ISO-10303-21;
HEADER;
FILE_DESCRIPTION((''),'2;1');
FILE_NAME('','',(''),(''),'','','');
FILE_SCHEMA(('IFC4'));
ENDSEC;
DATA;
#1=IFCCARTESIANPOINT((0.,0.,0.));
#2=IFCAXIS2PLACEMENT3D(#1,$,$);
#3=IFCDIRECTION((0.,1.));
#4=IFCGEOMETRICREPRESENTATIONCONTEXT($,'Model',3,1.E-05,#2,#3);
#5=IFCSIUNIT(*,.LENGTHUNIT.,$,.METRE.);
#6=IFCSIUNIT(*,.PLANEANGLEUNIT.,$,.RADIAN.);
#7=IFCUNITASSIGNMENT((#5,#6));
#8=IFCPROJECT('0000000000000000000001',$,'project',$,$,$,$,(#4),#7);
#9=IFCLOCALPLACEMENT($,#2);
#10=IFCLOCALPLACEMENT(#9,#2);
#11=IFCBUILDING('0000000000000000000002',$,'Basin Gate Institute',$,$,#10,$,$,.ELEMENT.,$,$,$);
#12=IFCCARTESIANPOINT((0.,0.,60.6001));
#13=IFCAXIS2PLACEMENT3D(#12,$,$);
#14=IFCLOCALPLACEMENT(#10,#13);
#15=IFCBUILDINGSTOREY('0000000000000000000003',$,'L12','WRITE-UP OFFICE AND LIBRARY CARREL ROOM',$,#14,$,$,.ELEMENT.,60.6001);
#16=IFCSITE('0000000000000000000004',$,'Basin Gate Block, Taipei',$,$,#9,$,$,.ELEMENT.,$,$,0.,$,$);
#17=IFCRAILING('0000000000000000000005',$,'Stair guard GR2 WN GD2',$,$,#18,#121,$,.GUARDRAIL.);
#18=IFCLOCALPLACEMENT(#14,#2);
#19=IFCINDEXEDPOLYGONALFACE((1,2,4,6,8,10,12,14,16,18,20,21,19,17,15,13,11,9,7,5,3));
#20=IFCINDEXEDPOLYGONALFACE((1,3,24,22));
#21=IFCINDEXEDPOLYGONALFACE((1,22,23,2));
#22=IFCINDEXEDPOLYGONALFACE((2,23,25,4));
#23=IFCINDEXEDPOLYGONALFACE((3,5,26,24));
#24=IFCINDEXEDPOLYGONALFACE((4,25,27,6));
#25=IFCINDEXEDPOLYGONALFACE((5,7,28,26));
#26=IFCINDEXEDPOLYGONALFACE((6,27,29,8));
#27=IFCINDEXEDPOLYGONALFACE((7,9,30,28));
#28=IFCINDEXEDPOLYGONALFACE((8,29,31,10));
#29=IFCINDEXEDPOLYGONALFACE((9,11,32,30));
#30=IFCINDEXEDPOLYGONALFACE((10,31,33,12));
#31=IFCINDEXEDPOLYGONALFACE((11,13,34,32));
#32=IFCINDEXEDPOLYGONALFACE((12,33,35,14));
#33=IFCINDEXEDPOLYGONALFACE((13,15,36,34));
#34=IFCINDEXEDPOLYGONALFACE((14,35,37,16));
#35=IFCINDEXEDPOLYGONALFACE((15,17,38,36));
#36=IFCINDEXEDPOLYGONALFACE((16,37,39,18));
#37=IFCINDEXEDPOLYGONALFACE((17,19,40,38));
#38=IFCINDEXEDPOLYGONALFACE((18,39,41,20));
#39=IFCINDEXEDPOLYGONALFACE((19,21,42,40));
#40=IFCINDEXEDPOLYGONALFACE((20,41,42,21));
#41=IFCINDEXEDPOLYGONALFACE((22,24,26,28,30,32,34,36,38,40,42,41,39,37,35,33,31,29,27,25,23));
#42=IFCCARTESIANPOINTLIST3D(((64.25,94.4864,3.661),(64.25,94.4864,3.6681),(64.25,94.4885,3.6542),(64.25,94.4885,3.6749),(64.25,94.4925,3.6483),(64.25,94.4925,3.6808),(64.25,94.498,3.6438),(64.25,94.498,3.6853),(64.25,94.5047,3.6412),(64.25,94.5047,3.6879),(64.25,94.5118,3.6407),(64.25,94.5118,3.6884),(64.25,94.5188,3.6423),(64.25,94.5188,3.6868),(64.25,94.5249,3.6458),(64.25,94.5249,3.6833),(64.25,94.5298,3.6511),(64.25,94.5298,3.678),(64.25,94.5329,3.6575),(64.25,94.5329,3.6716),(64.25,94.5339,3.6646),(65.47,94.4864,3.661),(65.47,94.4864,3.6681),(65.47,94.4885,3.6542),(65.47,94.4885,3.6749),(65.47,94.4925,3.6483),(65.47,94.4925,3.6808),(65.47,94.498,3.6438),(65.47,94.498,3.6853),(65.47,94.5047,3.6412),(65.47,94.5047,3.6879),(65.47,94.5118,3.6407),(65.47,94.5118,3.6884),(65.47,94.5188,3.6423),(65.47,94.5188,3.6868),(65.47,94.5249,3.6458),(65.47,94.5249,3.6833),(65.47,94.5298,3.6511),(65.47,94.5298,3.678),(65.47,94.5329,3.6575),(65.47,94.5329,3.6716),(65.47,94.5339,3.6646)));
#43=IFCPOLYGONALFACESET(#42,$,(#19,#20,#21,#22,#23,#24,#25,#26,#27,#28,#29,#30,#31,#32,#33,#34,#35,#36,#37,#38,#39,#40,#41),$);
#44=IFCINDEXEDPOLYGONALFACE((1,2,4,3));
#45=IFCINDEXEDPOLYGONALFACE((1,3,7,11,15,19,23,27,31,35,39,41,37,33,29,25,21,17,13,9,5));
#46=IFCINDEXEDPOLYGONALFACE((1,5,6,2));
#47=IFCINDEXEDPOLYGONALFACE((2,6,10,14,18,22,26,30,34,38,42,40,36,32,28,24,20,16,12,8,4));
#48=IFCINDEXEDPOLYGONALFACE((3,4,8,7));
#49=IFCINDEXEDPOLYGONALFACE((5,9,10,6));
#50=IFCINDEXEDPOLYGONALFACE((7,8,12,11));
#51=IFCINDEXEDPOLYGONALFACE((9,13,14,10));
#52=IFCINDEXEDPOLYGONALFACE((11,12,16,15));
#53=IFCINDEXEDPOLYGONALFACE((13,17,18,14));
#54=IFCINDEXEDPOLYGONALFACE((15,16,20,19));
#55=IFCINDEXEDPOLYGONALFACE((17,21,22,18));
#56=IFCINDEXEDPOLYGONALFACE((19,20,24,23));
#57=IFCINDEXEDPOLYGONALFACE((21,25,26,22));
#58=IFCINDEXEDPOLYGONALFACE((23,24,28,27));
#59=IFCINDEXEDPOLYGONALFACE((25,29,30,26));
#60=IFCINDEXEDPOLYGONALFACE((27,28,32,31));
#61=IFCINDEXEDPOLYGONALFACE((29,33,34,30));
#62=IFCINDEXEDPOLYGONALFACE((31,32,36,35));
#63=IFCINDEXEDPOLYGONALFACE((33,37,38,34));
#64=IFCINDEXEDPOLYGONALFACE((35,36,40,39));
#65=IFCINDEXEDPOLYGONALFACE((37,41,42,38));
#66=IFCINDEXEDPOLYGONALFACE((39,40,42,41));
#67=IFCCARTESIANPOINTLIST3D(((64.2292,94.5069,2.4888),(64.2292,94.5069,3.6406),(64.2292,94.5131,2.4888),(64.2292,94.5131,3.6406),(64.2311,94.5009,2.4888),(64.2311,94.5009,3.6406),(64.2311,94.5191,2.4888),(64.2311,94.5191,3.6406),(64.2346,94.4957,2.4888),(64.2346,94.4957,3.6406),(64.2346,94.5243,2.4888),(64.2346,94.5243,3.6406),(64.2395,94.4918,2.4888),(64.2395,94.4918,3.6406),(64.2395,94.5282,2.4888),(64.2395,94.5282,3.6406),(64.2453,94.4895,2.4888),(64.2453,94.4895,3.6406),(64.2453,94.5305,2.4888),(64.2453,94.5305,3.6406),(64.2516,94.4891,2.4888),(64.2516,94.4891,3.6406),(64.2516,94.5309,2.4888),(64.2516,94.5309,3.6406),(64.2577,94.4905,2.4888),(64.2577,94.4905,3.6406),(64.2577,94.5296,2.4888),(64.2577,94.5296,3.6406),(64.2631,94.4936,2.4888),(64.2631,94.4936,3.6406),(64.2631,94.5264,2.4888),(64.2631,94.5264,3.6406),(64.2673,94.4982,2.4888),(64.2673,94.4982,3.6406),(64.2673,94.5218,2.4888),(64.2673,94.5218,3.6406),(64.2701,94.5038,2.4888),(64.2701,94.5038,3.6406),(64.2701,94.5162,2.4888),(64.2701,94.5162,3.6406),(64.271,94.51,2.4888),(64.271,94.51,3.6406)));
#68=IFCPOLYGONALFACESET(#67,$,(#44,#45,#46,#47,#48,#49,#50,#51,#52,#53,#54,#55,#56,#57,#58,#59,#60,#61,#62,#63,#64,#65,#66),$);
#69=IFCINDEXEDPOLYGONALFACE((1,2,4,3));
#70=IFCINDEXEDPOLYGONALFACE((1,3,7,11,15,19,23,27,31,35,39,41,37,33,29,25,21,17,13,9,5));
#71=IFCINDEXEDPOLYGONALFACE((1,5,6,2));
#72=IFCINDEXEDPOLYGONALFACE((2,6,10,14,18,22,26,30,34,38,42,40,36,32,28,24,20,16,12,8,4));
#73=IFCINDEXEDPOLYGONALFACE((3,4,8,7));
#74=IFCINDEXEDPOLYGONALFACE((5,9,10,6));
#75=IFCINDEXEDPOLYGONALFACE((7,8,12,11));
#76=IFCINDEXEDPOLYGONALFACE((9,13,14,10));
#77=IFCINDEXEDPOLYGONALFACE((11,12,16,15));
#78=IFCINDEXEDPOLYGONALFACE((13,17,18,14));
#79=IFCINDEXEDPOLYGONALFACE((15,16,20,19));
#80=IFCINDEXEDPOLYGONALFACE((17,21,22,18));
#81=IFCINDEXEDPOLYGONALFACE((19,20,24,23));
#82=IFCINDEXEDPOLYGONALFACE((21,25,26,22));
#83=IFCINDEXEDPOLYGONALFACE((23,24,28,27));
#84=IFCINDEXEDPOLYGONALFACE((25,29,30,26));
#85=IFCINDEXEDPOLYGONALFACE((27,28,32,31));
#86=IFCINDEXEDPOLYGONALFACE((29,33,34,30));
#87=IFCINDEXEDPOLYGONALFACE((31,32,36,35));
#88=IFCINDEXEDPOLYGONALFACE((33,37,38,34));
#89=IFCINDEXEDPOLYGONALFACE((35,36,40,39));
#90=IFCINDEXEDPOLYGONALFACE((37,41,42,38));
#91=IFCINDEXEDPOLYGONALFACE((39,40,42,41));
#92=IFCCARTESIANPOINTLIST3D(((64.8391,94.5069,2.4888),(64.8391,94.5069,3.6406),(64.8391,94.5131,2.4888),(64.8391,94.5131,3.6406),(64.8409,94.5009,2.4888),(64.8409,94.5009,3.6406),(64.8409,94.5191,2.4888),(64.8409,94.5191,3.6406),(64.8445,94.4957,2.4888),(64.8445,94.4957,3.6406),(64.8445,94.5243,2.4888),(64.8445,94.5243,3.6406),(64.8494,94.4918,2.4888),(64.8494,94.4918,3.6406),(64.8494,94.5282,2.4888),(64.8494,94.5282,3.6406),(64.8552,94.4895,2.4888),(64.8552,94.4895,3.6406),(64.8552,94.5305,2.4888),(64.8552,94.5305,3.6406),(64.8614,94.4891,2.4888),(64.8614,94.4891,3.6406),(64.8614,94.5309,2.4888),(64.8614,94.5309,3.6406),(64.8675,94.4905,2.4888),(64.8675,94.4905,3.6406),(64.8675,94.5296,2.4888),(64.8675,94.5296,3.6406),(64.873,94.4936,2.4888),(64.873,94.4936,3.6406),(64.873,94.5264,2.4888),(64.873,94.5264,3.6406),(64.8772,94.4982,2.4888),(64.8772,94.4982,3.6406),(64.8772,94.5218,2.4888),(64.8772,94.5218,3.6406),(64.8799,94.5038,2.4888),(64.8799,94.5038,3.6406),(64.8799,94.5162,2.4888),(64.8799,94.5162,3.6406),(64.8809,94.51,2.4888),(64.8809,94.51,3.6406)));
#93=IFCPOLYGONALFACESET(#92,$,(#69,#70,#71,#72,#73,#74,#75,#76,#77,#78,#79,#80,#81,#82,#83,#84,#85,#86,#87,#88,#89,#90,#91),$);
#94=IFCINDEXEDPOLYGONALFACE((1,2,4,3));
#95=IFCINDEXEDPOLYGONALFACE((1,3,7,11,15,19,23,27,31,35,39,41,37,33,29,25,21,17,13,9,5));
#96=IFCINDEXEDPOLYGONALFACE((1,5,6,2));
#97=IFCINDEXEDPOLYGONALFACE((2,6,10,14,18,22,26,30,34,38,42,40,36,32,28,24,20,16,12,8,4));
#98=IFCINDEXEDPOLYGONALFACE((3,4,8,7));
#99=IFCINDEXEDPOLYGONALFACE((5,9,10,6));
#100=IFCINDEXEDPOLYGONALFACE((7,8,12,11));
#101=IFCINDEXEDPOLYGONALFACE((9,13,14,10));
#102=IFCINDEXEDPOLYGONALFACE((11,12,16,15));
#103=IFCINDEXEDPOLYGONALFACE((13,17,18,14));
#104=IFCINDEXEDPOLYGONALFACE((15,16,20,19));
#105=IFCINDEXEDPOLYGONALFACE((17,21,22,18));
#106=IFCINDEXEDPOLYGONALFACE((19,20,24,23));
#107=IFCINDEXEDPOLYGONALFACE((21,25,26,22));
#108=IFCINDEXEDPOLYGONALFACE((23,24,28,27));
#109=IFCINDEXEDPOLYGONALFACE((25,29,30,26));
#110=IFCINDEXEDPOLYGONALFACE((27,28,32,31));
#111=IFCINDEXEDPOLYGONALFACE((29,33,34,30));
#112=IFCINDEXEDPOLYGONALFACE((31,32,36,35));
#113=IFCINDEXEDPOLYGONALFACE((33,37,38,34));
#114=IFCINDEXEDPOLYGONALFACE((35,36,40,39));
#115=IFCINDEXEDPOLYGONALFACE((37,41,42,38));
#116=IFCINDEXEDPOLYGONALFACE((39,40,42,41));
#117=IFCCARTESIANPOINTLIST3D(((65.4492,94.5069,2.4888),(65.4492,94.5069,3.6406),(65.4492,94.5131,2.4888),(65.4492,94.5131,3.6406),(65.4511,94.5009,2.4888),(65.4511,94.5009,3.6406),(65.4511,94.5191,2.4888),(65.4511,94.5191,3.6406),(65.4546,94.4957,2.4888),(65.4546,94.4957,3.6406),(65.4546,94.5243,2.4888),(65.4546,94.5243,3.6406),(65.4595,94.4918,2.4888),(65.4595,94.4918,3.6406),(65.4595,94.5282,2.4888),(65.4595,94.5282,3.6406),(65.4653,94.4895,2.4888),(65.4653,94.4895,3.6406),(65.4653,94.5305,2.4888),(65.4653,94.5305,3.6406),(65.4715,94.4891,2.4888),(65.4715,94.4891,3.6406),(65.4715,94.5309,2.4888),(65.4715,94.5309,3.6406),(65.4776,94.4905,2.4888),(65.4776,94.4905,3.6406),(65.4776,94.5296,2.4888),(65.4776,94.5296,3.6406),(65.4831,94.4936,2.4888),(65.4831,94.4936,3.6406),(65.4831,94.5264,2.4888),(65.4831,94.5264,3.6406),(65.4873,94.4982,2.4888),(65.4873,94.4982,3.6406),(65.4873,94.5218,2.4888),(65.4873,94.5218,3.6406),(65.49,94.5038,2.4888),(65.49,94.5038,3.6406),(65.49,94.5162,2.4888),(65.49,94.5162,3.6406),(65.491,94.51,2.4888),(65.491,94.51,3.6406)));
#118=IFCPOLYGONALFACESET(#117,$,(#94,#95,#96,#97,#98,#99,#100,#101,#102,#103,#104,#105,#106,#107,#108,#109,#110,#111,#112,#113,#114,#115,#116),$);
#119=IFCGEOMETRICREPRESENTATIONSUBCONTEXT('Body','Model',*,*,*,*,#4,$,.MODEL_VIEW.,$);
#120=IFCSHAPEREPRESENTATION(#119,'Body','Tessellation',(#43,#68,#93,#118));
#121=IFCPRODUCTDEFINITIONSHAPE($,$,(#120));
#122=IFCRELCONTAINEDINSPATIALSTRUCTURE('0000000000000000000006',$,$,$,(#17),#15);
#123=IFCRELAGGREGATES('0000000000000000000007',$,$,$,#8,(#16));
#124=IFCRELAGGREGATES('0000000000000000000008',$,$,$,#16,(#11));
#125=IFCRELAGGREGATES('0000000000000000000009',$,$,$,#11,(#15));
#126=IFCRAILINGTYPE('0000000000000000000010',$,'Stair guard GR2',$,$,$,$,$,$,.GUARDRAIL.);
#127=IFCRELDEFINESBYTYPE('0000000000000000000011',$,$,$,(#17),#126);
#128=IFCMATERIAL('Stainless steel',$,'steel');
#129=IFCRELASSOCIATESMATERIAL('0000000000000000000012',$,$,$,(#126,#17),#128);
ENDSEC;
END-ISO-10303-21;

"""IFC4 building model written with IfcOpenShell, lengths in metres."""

from ifc_helpers import new_model, si_unit, direction, frame, origin, origin_2d, place, context, subcontext, project, spatial, circle, extrude, material, type_object, element, save


model = new_model("IFC4")

# Units and contexts
model_context = context("Model", 3, precision=1e-05, world=origin(), true_north=direction((0.0, 1.0)))
body_context = subcontext(model_context, "Body", "Model", "MODEL_VIEW")
ifc_project = project(units=[si_unit("LENGTHUNIT", "METRE"), si_unit("PLANEANGLEUNIT", "RADIAN")], contexts=[model_context])

# Site, building, storey
site_placement = place(None, origin())
site = spatial("IfcSite", under=ifc_project, at=site_placement, Name="Basin Gate Block, Taipei", CompositionType="ELEMENT", RefElevation=0.0)
building_placement = place(site_placement, origin())
building = spatial("IfcBuilding", under=site, at=building_placement, Name="Basin Gate Institute", CompositionType="ELEMENT")
storey_placement = place(building_placement, frame((0.0, 0.0, 60.6001)))
storey = spatial("IfcBuildingStorey", under=building, at=storey_placement, Name="L12", Description="WRITE-UP OFFICE AND LIBRARY CARREL ROOM", CompositionType="ELEMENT", Elevation=60.6001)

# Railing
ifc_material_1 = material(Name="Stainless steel", Category="steel")
railing_type = type_object("IfcRailingType", Name="Stair guard GR2", PredefinedType="GUARDRAIL", material=ifc_material_1)
railing_1_placement = place(storey_placement, frame((64.25, 94.51, 2.4888)))
element("IfcRailing", 1, at=railing_1_placement, inside=storey, type_object=railing_type, material=ifc_material_1, Name="Stair guard GR2 WN GD2", PredefinedType="GUARDRAIL", context=body_context, shape_type="SweptSolid", body=[
    extrude(circle(Radius=0.0239, at=origin_2d()), frame((0.0, 0.0, 1.1758), z_axis=(1.0, 0.0, 0.0), x_axis=(0.0, 1.0, 0.0)), (0.0, 0.0, 1.0), 1.22),
    extrude(circle(Radius=0.021, at=origin_2d()), origin(), (0.0, 0.0, 1.0), 1.1519),
    extrude(circle(Radius=0.021, at=origin_2d()), frame((0.6099, 0.0, 0.0)), (0.0, 0.0, 1.0), 1.1519),
    extrude(circle(Radius=0.021, at=origin_2d()), frame((1.22, 0.0, 0.0)), (0.0, 0.0, 1.0), 1.1519),
])

save(model, "model.ifc")
